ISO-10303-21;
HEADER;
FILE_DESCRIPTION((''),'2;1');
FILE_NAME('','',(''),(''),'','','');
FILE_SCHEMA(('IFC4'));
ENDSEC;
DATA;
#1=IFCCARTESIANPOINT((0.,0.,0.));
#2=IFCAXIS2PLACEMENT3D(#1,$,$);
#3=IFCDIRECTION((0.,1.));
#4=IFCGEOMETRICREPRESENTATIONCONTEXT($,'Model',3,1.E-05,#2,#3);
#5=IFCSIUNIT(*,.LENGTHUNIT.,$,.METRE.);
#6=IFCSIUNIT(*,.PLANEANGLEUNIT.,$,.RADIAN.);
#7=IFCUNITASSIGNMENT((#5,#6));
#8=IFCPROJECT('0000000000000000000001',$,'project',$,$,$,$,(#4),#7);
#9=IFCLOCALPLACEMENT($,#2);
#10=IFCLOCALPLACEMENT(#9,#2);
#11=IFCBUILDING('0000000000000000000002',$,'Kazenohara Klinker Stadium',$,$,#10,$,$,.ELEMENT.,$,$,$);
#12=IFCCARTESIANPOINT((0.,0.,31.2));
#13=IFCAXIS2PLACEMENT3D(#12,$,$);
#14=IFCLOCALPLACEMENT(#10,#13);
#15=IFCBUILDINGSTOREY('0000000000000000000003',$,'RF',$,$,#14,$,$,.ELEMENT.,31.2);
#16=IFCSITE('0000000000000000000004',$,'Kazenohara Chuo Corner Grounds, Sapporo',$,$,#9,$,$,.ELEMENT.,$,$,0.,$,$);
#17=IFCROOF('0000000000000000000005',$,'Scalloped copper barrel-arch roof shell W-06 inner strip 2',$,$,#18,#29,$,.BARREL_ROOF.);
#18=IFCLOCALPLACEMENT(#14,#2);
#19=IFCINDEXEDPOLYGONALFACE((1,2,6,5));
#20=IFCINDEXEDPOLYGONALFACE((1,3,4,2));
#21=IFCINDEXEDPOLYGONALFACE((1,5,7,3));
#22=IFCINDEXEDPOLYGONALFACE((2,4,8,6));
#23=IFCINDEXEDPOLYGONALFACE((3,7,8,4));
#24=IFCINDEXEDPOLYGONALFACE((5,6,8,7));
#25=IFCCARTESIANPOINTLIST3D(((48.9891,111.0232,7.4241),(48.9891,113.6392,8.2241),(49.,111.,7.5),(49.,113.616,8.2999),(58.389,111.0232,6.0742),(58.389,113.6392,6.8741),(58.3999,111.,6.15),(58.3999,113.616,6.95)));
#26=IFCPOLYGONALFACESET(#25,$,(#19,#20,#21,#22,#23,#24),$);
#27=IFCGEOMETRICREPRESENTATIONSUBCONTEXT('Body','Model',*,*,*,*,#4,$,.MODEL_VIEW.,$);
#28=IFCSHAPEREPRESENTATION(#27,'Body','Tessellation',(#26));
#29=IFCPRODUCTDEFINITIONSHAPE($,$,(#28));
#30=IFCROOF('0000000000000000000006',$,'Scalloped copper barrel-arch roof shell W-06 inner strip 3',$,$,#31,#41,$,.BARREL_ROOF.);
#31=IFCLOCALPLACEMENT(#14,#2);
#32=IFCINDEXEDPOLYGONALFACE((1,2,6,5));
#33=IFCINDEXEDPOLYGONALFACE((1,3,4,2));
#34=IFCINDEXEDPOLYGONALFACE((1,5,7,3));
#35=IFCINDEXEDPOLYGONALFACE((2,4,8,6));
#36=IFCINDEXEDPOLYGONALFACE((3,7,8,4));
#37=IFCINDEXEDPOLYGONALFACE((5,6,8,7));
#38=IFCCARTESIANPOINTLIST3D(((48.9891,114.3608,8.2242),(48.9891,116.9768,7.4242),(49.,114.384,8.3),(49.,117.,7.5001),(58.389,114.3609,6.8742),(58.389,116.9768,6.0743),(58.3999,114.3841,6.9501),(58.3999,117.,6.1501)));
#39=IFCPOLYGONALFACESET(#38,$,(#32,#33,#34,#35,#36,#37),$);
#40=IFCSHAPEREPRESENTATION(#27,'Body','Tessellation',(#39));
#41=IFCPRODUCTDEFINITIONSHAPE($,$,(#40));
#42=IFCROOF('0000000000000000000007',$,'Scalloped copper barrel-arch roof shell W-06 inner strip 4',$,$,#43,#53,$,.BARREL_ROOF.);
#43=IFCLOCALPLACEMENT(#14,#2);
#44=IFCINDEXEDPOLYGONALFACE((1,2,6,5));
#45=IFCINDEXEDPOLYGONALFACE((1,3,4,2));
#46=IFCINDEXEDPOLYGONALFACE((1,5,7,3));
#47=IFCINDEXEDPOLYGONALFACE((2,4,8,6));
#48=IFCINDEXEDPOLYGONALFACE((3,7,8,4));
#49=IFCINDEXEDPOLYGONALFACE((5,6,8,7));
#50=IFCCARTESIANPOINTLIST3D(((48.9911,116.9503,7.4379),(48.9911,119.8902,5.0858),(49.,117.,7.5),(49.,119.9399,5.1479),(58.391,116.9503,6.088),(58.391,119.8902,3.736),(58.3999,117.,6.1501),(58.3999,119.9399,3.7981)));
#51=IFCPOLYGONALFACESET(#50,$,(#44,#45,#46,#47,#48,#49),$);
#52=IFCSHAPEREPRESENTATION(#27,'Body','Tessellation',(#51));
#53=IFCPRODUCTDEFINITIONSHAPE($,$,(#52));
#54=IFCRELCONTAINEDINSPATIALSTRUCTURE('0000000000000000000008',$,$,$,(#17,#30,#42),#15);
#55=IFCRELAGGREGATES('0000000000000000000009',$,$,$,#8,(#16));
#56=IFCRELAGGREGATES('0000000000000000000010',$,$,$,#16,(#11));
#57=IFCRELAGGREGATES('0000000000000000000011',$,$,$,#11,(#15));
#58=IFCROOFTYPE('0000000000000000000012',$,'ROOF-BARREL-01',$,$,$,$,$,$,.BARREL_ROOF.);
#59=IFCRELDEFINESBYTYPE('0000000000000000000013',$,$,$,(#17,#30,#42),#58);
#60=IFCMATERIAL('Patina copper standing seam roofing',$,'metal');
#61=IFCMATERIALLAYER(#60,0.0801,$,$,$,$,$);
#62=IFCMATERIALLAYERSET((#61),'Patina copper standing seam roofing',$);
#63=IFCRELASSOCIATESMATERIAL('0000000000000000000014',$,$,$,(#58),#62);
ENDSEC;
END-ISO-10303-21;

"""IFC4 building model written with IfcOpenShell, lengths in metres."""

from ifc_helpers import new_model, si_unit, direction, frame, origin, place, context, subcontext, project, spatial, polyline, outline, extrude, material, layer, layer_set, type_object, element, save


model = new_model("IFC4")

# Units and contexts
model_context = context("Model", 3, precision=1e-05, world=origin(), true_north=direction((0.0, 1.0)))
body_context = subcontext(model_context, "Body", "Model", "MODEL_VIEW")
ifc_project = project(units=[si_unit("LENGTHUNIT", "METRE"), si_unit("PLANEANGLEUNIT", "RADIAN")], contexts=[model_context])

# Site, building, storey
site_placement = place(None, origin())
site = spatial("IfcSite", under=ifc_project, at=site_placement, Name="Kazenohara Chuo Corner Grounds, Sapporo", CompositionType="ELEMENT", RefElevation=0.0)
building_placement = place(site_placement, origin())
building = spatial("IfcBuilding", under=site, at=building_placement, Name="Kazenohara Klinker Stadium", CompositionType="ELEMENT")
storey_placement = place(building_placement, frame((0.0, 0.0, 31.2)))
storey = spatial("IfcBuildingStorey", under=building, at=storey_placement, Name="RF", CompositionType="ELEMENT", Elevation=31.2)

# Roofs
ifc_material_1 = material(Name="Patina copper standing seam roofing", Category="metal")
ifc_layer_1 = layer(ifc_material_1, 0.0801)
ifc_layer_set_1 = layer_set([ifc_layer_1], Name="Patina copper standing seam roofing")
roof_type = type_object("IfcRoofType", Name="ROOF-BARREL-01", PredefinedType="BARREL_ROOF", material=ifc_layer_set_1)
roof_1_placement = place(storey_placement, frame((49.0, 111.0, 7.5), z_axis=(0.136061, -0.289701, 0.947397), x_axis=(0.989844, 0.000004, -0.142156)))
element("IfcRoof", 1, at=roof_1_placement, inside=storey, type_object=roof_type, Name="Scalloped copper barrel-arch roof shell W-06 inner strip 2", PredefinedType="BARREL_ROOF", context=body_context, shape_type="SweptSolid", body=[
    extrude(outline(polyline([(0.0, 0.0), (9.4963, 0.0), (9.3826, 2.7331), (-0.1137, 2.7332), (0.0, 0.0)])), origin(), (0.0, 0.0, -1.0), 0.0801),
])
roof_2_placement = place(storey_placement, frame((49.0, 114.384, 8.3), z_axis=(0.136061, 0.289701, 0.947397), x_axis=(0.989844, 0.000004, -0.142158)))
element("IfcRoof", 2, at=roof_2_placement, inside=storey, type_object=roof_type, Name="Scalloped copper barrel-arch roof shell W-06 inner strip 3", PredefinedType="BARREL_ROOF", context=body_context, shape_type="SweptSolid", body=[
    extrude(outline(polyline([(0.0, 0.0), (9.4964, 0.0), (9.6101, 2.7331), (0.1137, 2.7332), (0.0, 0.0)])), origin(), (0.0, 0.0, -1.0), 0.0801),
])
roof_3_placement = place(storey_placement, frame((49.0, 117.0, 7.5), z_axis=(0.111435, 0.62082, 0.775993), x_axis=(0.989846, 0.0, -0.142145)))
element("IfcRoof", 3, at=roof_3_placement, inside=storey, type_object=roof_type, Name="Scalloped copper barrel-arch roof shell W-06 inner strip 4", PredefinedType="BARREL_ROOF", context=body_context, shape_type="SweptSolid", body=[
    extrude(outline(polyline([(0.0, 0.0), (9.4963, 0.0), (9.8307, 3.7501), (0.3343, 3.7501), (0.0, 0.0)])), origin(), (0.0, 0.0, -1.0), 0.0801),
])

save(model, "model.ifc")
